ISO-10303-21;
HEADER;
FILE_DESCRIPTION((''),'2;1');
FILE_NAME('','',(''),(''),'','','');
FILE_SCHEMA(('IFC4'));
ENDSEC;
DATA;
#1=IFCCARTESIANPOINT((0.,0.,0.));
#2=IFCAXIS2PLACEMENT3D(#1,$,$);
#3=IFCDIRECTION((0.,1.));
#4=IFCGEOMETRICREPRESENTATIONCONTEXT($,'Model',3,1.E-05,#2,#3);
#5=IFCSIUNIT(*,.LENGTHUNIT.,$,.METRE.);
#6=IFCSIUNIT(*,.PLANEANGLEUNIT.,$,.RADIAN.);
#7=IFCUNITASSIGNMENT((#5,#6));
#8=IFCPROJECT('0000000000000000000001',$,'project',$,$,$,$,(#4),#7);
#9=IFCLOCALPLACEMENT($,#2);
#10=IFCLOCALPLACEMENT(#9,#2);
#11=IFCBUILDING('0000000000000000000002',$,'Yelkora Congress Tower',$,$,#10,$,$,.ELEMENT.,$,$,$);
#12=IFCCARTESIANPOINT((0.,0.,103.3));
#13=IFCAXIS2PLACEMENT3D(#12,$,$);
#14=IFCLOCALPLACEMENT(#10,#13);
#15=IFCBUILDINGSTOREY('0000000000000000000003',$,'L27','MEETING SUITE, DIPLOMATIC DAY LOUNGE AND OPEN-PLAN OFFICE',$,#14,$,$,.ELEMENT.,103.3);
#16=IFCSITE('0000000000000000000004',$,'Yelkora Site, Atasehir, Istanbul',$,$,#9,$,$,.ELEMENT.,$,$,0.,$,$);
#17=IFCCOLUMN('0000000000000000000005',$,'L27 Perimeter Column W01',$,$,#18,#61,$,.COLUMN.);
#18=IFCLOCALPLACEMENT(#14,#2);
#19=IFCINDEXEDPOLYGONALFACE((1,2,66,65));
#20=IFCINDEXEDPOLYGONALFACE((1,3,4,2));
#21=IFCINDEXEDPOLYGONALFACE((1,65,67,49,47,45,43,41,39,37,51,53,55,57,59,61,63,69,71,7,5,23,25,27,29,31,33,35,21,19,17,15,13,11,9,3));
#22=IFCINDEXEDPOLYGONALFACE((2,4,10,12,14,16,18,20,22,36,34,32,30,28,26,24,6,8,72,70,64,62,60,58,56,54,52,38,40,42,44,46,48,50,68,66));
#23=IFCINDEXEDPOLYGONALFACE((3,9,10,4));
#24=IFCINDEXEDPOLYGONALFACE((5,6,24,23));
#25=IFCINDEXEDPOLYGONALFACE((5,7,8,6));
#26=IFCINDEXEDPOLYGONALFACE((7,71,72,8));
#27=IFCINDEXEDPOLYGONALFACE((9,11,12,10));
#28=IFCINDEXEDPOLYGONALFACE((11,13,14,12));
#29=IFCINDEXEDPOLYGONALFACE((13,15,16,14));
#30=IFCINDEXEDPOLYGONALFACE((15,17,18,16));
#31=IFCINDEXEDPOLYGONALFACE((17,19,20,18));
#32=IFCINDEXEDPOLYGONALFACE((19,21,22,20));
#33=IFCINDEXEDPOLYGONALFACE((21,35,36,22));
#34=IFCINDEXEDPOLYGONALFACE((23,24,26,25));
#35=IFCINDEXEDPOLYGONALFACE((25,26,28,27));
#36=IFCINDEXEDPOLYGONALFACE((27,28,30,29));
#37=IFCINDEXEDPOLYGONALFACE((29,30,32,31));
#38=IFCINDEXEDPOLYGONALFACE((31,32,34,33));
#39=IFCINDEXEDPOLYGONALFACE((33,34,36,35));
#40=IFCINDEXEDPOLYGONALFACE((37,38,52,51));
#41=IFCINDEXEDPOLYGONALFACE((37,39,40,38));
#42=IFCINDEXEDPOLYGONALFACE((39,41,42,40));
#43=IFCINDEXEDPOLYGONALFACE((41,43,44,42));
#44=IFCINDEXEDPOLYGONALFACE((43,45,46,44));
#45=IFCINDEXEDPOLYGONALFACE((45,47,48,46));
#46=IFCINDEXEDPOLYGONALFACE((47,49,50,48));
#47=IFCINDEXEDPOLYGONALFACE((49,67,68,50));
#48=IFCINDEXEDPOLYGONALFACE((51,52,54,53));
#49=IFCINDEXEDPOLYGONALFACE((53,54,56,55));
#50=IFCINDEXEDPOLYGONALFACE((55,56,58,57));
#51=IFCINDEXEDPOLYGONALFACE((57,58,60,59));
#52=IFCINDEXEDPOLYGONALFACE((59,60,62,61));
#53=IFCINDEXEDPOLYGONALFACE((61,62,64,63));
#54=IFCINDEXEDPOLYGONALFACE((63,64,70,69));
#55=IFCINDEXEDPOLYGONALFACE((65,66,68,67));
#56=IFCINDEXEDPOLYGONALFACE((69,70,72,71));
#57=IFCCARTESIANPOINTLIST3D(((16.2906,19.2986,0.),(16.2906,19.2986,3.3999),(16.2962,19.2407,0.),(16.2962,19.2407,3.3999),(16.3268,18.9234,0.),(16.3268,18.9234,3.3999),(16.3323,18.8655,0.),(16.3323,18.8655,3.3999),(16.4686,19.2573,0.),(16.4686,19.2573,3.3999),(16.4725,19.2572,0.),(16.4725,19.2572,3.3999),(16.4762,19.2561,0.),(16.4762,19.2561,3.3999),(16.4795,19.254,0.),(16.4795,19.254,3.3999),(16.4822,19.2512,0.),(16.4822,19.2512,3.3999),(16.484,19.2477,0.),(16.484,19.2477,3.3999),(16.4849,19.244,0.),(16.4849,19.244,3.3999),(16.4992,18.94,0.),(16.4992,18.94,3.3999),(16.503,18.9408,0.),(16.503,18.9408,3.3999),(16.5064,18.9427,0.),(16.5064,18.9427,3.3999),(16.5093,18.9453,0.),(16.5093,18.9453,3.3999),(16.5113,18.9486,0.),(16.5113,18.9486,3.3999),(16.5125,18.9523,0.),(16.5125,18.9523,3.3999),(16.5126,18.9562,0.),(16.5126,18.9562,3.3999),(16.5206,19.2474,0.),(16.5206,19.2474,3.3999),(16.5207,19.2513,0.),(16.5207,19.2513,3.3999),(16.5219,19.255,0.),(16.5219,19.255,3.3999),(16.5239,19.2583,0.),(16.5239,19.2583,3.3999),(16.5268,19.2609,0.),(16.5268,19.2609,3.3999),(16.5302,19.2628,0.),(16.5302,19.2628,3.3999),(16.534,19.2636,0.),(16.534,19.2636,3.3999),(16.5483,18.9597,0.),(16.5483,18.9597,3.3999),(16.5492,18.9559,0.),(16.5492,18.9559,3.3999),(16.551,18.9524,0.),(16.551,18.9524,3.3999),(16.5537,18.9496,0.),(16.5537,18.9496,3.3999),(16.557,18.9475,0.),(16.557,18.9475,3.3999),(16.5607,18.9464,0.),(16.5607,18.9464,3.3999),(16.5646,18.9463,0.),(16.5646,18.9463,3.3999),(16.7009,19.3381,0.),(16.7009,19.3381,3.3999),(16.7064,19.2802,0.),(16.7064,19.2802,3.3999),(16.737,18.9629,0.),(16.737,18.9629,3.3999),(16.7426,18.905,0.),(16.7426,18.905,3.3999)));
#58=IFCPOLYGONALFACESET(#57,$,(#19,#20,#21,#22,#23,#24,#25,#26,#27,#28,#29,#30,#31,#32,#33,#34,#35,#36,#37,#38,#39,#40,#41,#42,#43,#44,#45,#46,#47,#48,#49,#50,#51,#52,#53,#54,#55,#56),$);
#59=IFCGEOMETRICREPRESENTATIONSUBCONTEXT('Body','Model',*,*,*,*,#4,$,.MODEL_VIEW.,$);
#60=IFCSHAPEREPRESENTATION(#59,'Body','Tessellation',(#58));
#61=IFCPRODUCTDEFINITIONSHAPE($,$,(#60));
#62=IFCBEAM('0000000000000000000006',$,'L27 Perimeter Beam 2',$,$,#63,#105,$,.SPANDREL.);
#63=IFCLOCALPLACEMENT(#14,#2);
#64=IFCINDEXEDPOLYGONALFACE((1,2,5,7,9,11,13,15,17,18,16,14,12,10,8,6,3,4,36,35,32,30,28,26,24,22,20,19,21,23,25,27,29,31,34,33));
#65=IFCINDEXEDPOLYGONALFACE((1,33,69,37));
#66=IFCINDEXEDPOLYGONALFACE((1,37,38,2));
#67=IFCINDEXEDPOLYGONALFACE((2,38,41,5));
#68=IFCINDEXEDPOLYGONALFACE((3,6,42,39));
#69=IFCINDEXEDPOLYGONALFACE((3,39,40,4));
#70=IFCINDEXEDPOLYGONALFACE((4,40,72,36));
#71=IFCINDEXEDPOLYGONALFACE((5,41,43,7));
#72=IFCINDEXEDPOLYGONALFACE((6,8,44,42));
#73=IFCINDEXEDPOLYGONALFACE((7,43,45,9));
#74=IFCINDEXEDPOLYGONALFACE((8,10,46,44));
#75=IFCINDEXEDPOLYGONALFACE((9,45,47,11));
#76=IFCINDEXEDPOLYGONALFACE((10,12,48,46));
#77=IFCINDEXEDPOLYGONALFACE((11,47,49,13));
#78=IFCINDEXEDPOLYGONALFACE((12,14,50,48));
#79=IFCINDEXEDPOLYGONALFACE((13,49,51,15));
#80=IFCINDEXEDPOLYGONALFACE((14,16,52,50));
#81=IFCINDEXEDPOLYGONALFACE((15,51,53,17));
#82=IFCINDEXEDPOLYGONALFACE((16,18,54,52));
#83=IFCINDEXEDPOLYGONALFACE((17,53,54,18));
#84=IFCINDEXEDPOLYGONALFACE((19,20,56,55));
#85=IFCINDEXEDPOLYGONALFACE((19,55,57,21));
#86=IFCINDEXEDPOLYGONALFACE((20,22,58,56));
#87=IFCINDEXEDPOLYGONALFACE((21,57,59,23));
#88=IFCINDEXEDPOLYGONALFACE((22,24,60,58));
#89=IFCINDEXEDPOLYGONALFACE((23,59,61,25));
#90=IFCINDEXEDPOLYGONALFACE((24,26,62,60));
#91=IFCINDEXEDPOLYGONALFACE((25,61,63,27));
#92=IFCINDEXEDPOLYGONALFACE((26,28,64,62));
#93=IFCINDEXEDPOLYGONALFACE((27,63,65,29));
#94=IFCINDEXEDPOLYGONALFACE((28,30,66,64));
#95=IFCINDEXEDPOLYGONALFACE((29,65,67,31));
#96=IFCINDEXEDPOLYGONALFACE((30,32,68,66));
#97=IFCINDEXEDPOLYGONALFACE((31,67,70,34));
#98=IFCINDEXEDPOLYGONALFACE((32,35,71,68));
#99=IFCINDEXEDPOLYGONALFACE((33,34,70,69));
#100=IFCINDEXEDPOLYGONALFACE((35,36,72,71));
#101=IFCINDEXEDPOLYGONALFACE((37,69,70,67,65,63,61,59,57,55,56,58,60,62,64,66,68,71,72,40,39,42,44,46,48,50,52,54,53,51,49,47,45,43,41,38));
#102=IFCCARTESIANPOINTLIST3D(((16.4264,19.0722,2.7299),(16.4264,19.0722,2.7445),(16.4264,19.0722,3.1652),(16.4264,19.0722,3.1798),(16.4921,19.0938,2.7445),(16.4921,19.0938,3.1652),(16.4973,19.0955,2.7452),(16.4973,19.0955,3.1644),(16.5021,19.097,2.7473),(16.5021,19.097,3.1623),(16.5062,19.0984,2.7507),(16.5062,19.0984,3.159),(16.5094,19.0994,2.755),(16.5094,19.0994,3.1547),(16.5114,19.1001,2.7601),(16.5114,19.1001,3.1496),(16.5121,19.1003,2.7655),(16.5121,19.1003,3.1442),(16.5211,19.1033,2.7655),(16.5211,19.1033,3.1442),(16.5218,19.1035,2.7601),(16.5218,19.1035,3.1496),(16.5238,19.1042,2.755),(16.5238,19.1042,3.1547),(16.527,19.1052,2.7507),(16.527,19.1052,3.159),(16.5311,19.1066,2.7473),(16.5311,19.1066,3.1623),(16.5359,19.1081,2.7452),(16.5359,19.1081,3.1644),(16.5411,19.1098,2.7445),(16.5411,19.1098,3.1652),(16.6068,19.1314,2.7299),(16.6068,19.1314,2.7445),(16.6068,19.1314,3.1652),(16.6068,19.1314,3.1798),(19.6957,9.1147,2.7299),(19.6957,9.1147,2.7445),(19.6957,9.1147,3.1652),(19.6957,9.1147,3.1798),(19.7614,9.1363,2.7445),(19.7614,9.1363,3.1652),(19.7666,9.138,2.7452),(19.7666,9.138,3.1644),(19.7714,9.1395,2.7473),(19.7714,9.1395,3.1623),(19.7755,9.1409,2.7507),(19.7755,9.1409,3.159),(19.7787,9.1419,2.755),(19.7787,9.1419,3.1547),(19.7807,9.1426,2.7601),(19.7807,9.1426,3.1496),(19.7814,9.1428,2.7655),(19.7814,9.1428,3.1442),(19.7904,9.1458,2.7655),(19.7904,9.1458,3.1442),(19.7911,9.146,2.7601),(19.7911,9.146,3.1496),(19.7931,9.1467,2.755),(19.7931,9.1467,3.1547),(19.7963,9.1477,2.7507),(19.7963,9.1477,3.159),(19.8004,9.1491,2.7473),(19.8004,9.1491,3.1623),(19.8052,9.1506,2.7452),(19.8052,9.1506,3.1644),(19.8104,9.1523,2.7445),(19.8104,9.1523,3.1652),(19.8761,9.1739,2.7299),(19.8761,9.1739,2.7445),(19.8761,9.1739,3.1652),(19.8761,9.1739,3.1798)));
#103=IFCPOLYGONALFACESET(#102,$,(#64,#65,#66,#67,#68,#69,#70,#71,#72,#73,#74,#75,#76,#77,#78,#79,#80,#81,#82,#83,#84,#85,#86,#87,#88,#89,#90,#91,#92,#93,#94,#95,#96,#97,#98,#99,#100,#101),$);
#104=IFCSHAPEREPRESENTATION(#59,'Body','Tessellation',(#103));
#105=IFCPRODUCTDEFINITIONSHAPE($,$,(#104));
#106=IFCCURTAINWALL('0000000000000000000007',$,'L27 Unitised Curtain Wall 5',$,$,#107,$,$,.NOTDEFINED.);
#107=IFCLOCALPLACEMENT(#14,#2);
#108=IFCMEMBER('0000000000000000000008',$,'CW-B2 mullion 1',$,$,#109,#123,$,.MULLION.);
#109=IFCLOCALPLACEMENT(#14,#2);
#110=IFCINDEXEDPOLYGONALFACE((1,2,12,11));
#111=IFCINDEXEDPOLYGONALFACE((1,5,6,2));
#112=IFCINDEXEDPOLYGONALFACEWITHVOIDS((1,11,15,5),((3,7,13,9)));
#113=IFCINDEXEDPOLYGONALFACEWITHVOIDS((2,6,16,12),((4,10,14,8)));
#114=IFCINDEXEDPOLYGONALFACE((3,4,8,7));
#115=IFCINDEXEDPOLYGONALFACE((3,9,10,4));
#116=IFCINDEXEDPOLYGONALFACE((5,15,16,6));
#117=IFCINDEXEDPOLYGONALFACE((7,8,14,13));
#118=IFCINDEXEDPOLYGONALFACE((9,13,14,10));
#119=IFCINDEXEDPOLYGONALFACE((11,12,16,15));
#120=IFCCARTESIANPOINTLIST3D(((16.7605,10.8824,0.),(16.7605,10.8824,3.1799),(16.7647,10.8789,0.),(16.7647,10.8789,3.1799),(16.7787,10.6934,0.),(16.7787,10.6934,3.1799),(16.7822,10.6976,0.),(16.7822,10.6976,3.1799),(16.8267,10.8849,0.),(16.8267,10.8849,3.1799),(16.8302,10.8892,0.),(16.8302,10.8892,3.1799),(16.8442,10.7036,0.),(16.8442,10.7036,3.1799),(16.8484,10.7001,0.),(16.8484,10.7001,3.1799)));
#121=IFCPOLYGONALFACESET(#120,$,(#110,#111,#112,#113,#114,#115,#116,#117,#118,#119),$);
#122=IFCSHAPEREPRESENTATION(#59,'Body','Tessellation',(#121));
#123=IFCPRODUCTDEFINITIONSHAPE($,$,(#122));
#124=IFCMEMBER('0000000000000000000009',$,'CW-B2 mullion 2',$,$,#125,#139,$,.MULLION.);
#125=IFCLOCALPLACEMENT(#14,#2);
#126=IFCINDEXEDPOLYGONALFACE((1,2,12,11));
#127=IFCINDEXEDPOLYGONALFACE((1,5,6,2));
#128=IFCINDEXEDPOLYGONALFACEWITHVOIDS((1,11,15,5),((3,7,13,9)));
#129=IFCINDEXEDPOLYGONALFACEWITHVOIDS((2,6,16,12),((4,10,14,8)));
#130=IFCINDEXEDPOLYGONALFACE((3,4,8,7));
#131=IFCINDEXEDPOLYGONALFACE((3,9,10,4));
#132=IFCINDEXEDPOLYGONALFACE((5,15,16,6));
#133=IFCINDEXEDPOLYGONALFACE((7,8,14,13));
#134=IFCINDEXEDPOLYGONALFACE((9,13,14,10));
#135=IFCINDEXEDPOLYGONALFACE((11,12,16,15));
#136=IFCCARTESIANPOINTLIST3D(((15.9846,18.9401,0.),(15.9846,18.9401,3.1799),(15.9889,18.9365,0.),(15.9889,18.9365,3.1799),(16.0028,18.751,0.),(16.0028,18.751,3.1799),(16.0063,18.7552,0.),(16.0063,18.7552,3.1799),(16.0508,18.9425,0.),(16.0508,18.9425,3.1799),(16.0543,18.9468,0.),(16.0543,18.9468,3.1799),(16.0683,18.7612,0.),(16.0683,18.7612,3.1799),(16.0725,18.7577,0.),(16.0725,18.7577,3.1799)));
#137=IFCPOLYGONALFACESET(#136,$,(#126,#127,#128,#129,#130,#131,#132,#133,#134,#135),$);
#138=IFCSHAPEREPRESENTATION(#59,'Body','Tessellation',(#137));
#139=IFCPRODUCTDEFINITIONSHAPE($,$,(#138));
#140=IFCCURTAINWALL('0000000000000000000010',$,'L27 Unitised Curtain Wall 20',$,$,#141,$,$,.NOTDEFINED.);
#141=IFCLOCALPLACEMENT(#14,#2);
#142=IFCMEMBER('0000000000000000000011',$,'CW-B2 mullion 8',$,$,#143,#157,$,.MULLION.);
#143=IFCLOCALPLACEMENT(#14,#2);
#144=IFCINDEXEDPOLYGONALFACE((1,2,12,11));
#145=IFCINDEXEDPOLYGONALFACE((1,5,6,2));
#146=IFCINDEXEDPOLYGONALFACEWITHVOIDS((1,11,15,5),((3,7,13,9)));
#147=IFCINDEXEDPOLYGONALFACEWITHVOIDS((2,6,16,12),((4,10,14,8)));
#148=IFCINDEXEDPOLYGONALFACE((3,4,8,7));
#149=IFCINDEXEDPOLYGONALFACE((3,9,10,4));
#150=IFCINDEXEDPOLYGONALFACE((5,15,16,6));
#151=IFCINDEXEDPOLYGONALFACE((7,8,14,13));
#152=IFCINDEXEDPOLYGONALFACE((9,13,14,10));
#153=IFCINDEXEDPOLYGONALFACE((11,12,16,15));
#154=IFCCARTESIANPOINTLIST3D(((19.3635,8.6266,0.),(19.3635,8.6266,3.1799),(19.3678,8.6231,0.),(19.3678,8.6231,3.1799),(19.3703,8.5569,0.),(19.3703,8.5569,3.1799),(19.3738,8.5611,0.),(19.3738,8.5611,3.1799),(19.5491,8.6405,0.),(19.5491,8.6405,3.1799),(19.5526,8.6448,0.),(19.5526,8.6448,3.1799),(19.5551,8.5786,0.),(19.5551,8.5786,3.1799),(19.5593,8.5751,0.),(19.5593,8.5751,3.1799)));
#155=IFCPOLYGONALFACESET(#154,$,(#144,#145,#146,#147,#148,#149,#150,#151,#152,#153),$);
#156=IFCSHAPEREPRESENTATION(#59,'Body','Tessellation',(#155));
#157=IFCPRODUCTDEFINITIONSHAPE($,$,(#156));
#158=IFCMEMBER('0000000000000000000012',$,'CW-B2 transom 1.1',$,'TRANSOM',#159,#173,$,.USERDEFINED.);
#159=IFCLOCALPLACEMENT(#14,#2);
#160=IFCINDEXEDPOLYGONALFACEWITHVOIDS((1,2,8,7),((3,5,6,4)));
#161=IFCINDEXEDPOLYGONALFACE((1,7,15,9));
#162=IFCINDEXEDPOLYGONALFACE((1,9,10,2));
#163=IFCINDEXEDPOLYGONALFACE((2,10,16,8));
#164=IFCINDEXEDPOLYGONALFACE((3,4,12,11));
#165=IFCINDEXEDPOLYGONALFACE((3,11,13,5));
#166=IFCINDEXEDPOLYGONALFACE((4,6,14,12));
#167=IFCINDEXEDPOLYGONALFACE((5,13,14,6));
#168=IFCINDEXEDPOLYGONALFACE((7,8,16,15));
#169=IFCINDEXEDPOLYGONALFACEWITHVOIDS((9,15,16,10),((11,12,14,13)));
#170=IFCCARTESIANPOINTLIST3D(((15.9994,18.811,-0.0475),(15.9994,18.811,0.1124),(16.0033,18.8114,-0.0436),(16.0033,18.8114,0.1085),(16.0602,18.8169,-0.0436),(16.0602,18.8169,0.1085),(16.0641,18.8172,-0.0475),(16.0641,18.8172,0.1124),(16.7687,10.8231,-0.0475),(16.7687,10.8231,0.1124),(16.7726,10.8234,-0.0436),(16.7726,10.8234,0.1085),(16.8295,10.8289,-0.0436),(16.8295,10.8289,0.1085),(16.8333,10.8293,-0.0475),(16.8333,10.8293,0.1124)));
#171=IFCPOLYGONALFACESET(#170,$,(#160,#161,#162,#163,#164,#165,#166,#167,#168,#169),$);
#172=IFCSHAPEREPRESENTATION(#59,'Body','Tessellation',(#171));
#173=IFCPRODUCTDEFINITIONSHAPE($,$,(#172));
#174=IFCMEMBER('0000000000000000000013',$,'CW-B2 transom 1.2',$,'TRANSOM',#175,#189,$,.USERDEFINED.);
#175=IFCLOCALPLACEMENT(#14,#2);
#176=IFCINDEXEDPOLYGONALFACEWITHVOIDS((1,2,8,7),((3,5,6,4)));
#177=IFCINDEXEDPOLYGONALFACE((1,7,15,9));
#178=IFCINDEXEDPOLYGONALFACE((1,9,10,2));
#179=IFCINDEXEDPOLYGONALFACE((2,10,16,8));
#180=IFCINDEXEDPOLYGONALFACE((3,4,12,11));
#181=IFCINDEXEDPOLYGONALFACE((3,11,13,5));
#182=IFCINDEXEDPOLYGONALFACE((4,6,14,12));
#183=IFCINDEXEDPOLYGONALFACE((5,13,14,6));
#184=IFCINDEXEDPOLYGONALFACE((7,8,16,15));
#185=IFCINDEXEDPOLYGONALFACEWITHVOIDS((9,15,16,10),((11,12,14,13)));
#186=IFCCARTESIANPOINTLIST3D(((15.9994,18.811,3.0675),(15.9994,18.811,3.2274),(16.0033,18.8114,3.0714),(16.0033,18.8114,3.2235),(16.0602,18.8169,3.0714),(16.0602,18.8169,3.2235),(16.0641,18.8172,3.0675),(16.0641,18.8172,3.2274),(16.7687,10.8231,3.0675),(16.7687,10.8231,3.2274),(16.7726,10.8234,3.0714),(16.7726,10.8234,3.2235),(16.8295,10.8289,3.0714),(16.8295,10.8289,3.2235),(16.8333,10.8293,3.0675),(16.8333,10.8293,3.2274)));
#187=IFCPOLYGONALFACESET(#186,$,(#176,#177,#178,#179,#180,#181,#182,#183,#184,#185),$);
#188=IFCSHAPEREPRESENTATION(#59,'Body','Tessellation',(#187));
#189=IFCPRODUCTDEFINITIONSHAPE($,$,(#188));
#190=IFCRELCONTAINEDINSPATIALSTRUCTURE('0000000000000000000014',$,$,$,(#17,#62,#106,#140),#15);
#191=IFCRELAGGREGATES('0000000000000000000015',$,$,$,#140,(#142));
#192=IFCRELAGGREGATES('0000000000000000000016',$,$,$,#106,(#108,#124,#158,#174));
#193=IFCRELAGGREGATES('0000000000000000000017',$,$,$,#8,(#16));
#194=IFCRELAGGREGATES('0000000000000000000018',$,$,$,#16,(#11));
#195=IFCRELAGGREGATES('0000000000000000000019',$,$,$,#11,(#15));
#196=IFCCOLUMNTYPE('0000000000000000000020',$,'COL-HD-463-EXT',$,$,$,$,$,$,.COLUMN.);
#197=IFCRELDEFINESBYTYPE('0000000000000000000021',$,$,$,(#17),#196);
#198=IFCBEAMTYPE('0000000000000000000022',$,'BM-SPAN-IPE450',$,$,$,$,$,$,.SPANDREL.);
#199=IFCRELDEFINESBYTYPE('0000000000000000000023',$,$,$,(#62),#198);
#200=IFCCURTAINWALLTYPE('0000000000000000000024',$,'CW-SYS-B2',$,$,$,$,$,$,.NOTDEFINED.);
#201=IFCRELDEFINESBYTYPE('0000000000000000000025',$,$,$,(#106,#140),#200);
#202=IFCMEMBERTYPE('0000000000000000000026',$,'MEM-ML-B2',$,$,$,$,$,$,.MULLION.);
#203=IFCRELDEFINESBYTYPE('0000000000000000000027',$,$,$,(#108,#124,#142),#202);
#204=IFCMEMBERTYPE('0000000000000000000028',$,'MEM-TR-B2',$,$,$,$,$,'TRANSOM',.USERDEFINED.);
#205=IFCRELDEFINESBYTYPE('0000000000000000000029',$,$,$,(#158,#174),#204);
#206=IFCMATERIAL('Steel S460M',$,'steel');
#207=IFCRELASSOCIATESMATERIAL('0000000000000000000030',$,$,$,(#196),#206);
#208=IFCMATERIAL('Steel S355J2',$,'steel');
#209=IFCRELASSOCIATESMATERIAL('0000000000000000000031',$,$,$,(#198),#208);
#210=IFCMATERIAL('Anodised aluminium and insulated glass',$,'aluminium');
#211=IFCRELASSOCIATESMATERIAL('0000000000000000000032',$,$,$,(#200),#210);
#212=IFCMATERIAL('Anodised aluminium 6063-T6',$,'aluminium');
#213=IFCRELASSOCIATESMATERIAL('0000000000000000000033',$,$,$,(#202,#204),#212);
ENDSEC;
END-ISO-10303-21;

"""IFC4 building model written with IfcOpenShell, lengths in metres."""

from ifc_helpers import new_model, si_unit, direction, frame, origin, origin_2d, place, context, subcontext, project, spatial, hollow_rectangle, i_section, extrude, material, material_profile, profile_set, type_object, element, aggregate, save


model = new_model("IFC4")

# Units and contexts
model_context = context("Model", 3, precision=1e-05, world=origin(), true_north=direction((0.0, 1.0)))
body_context = subcontext(model_context, "Body", "Model", "MODEL_VIEW")
ifc_project = project(units=[si_unit("LENGTHUNIT", "METRE"), si_unit("PLANEANGLEUNIT", "RADIAN")], contexts=[model_context])

# Site, building, storey
site_placement = place(None, origin())
site = spatial("IfcSite", under=ifc_project, at=site_placement, Name="Yelkora Site, Atasehir, Istanbul", CompositionType="ELEMENT", RefElevation=0.0)
building_placement = place(site_placement, origin())
building = spatial("IfcBuilding", under=site, at=building_placement, Name="Yelkora Congress Tower", CompositionType="ELEMENT")
storey_placement = place(building_placement, frame((0.0, 0.0, 103.3)))
storey = spatial("IfcBuildingStorey", under=building, at=storey_placement, Name="L27", Description="MEETING SUITE, DIPLOMATIC DAY LOUNGE AND OPEN-PLAN OFFICE", CompositionType="ELEMENT", Elevation=103.3)

# Column
ifc_material_1 = material(Name="Steel S460M", Category="steel")
ifc_material_profile_1 = material_profile(ifc_material_1, i_section(OverallWidth=0.4121, OverallDepth=0.4351, WebThickness=0.0359, FlangeThickness=0.0581, FilletRadius=0.0149, at=origin_2d()), Name="HD 400x463")
ifc_profile_set_1 = profile_set([ifc_material_profile_1], Name="Steel S460M")
column_type = type_object("IfcColumnType", Name="COL-HD-463-EXT", PredefinedType="COLUMN", material=ifc_profile_set_1)
column_placement = place(storey_placement, frame((16.5166, 19.1018, 0.0), z_axis=(0.0, 0.0, 1.0), x_axis=(0.995396, 0.095846, 0.0)))
element("IfcColumn", 1, at=column_placement, inside=storey, type_object=column_type, Name="L27 Perimeter Column W01", PredefinedType="COLUMN", context=body_context, shape_type="SweptSolid", body=[
    extrude(i_section(OverallWidth=0.4121, OverallDepth=0.4351, WebThickness=0.0359, FlangeThickness=0.0581, FilletRadius=0.0149, at=origin_2d()), origin(), (0.0, 0.0, 1.0), 3.3999),
])

# Beam
ifc_material_2 = material(Name="Steel S355J2", Category="steel")
ifc_material_profile_2 = material_profile(ifc_material_2, i_section(OverallWidth=0.1899, OverallDepth=0.45, WebThickness=0.0095, FlangeThickness=0.0146, FilletRadius=0.021, at=origin_2d()), Name="IPE 450")
ifc_profile_set_2 = profile_set([ifc_material_profile_2], Name="Steel S355J2")
beam_type = type_object("IfcBeamType", Name="BM-SPAN-IPE450", PredefinedType="SPANDREL", material=ifc_profile_set_2)
beam_placement = place(storey_placement, frame((16.5166, 19.1018, 2.9548), z_axis=(0.311941, -0.950102, 0.0), x_axis=(0.950102, 0.311941, 0.0)))
element("IfcBeam", 2, at=beam_placement, inside=storey, type_object=beam_type, Name="L27 Perimeter Beam 2", PredefinedType="SPANDREL", context=body_context, shape_type="SweptSolid", body=[
    extrude(i_section(OverallWidth=0.1899, OverallDepth=0.45, WebThickness=0.0095, FlangeThickness=0.0146, FilletRadius=0.021, at=origin_2d()), origin(), (0.0, 0.0, 1.0), 10.4805),
])

# Curtain wall, members
ifc_material_3 = material(Name="Anodised aluminium and insulated glass", Category="aluminium")
curtain_wall_type = type_object("IfcCurtainWallType", Name="CW-SYS-B2", PredefinedType="NOTDEFINED", material=ifc_material_3)
curtain_wall_1_placement = place(storey_placement, origin())
curtain_wall_1 = element("IfcCurtainWall", 3, at=curtain_wall_1_placement, inside=storey, type_object=curtain_wall_type, Name="L27 Unitised Curtain Wall 5", PredefinedType="NOTDEFINED")
ifc_material_4 = material(Name="Anodised aluminium 6063-T6", Category="aluminium")
ifc_material_profile_3 = material_profile(ifc_material_4, hollow_rectangle(XDim=0.0701, YDim=0.1899, WallThickness=0.0039, at=origin_2d()), Name="ALU 70x190x4")
ifc_profile_set_3 = profile_set([ifc_material_profile_3], Name="Anodised aluminium 6063-T6")
member_type_1 = type_object("IfcMemberType", Name="MEM-ML-B2", PredefinedType="MULLION", material=ifc_profile_set_3)
member_1_placement = place(storey_placement, frame((16.8044, 10.7913, 0.0), z_axis=(0.0, 0.0, 1.0), x_axis=(-0.995397, -0.095843, 0.0)))
member_1 = element("IfcMember", 4, at=member_1_placement, type_object=member_type_1, Name="CW-B2 mullion 1", PredefinedType="MULLION", context=body_context, shape_type="SweptSolid", body=[
    extrude(hollow_rectangle(XDim=0.0701, YDim=0.1899, WallThickness=0.0039, at=origin_2d()), origin(), (0.0, 0.0, 1.0), 3.1799),
])
member_2_placement = place(storey_placement, frame((16.0286, 18.8489, 0.0), z_axis=(0.0, 0.0, 1.0), x_axis=(-0.995397, -0.095843, 0.0)))
member_2 = element("IfcMember", 5, at=member_2_placement, type_object=member_type_1, Name="CW-B2 mullion 2", PredefinedType="MULLION", context=body_context, shape_type="SweptSolid", body=[
    extrude(hollow_rectangle(XDim=0.0701, YDim=0.1899, WallThickness=0.0039, at=origin_2d()), origin(), (0.0, 0.0, 1.0), 3.1799),
])

# Curtain wall, member
curtain_wall_2_placement = place(storey_placement, origin())
curtain_wall_2 = element("IfcCurtainWall", 6, at=curtain_wall_2_placement, inside=storey, type_object=curtain_wall_type, Name="L27 Unitised Curtain Wall 20", PredefinedType="NOTDEFINED")
member_3_placement = place(storey_placement, frame((19.4614, 8.6008, 0.0), z_axis=(0.0, 0.0, 1.0), x_axis=(0.095844, -0.995396, 0.0)))
member_3 = element("IfcMember", 7, at=member_3_placement, type_object=member_type_1, Name="CW-B2 mullion 8", PredefinedType="MULLION", context=body_context, shape_type="SweptSolid", body=[
    extrude(hollow_rectangle(XDim=0.0701, YDim=0.1899, WallThickness=0.0039, at=origin_2d()), origin(), (0.0, 0.0, 1.0), 3.1799),
])
aggregate(curtain_wall_2, [member_3])

# Members
ifc_material_profile_4 = material_profile(ifc_material_4, hollow_rectangle(XDim=0.0649, YDim=0.1599, WallThickness=0.0039, at=origin_2d()), Name="ALU 65x160x4")
ifc_profile_set_4 = profile_set([ifc_material_profile_4], Name="Anodised aluminium 6063-T6")
member_type_2 = type_object("IfcMemberType", Name="MEM-TR-B2", ElementType="TRANSOM", PredefinedType="USERDEFINED", material=ifc_profile_set_4)
member_4_placement = place(storey_placement, frame((16.801, 10.8262, 0.0325), z_axis=(-0.095861, 0.995395, 0.0), x_axis=(-0.995395, -0.095861, 0.0)))
member_4 = element("IfcMember", 8, at=member_4_placement, type_object=member_type_2, Name="CW-B2 transom 1.1", ObjectType="TRANSOM", PredefinedType="USERDEFINED", context=body_context, shape_type="SweptSolid", body=[
    extrude(hollow_rectangle(XDim=0.0649, YDim=0.1599, WallThickness=0.0039, at=origin_2d()), origin(), (0.0, 0.0, 1.0), 8.0249),
])
member_5_placement = place(storey_placement, frame((16.801, 10.8262, 3.1475), z_axis=(-0.095861, 0.995395, 0.0), x_axis=(-0.995395, -0.095861, 0.0)))
member_5 = element("IfcMember", 9, at=member_5_placement, type_object=member_type_2, Name="CW-B2 transom 1.2", ObjectType="TRANSOM", PredefinedType="USERDEFINED", context=body_context, shape_type="SweptSolid", body=[
    extrude(hollow_rectangle(XDim=0.0649, YDim=0.1599, WallThickness=0.0039, at=origin_2d()), origin(), (0.0, 0.0, 1.0), 8.0249),
])

aggregate(curtain_wall_1, [member_1, member_2, member_4, member_5])

save(model, "model.ifc")
